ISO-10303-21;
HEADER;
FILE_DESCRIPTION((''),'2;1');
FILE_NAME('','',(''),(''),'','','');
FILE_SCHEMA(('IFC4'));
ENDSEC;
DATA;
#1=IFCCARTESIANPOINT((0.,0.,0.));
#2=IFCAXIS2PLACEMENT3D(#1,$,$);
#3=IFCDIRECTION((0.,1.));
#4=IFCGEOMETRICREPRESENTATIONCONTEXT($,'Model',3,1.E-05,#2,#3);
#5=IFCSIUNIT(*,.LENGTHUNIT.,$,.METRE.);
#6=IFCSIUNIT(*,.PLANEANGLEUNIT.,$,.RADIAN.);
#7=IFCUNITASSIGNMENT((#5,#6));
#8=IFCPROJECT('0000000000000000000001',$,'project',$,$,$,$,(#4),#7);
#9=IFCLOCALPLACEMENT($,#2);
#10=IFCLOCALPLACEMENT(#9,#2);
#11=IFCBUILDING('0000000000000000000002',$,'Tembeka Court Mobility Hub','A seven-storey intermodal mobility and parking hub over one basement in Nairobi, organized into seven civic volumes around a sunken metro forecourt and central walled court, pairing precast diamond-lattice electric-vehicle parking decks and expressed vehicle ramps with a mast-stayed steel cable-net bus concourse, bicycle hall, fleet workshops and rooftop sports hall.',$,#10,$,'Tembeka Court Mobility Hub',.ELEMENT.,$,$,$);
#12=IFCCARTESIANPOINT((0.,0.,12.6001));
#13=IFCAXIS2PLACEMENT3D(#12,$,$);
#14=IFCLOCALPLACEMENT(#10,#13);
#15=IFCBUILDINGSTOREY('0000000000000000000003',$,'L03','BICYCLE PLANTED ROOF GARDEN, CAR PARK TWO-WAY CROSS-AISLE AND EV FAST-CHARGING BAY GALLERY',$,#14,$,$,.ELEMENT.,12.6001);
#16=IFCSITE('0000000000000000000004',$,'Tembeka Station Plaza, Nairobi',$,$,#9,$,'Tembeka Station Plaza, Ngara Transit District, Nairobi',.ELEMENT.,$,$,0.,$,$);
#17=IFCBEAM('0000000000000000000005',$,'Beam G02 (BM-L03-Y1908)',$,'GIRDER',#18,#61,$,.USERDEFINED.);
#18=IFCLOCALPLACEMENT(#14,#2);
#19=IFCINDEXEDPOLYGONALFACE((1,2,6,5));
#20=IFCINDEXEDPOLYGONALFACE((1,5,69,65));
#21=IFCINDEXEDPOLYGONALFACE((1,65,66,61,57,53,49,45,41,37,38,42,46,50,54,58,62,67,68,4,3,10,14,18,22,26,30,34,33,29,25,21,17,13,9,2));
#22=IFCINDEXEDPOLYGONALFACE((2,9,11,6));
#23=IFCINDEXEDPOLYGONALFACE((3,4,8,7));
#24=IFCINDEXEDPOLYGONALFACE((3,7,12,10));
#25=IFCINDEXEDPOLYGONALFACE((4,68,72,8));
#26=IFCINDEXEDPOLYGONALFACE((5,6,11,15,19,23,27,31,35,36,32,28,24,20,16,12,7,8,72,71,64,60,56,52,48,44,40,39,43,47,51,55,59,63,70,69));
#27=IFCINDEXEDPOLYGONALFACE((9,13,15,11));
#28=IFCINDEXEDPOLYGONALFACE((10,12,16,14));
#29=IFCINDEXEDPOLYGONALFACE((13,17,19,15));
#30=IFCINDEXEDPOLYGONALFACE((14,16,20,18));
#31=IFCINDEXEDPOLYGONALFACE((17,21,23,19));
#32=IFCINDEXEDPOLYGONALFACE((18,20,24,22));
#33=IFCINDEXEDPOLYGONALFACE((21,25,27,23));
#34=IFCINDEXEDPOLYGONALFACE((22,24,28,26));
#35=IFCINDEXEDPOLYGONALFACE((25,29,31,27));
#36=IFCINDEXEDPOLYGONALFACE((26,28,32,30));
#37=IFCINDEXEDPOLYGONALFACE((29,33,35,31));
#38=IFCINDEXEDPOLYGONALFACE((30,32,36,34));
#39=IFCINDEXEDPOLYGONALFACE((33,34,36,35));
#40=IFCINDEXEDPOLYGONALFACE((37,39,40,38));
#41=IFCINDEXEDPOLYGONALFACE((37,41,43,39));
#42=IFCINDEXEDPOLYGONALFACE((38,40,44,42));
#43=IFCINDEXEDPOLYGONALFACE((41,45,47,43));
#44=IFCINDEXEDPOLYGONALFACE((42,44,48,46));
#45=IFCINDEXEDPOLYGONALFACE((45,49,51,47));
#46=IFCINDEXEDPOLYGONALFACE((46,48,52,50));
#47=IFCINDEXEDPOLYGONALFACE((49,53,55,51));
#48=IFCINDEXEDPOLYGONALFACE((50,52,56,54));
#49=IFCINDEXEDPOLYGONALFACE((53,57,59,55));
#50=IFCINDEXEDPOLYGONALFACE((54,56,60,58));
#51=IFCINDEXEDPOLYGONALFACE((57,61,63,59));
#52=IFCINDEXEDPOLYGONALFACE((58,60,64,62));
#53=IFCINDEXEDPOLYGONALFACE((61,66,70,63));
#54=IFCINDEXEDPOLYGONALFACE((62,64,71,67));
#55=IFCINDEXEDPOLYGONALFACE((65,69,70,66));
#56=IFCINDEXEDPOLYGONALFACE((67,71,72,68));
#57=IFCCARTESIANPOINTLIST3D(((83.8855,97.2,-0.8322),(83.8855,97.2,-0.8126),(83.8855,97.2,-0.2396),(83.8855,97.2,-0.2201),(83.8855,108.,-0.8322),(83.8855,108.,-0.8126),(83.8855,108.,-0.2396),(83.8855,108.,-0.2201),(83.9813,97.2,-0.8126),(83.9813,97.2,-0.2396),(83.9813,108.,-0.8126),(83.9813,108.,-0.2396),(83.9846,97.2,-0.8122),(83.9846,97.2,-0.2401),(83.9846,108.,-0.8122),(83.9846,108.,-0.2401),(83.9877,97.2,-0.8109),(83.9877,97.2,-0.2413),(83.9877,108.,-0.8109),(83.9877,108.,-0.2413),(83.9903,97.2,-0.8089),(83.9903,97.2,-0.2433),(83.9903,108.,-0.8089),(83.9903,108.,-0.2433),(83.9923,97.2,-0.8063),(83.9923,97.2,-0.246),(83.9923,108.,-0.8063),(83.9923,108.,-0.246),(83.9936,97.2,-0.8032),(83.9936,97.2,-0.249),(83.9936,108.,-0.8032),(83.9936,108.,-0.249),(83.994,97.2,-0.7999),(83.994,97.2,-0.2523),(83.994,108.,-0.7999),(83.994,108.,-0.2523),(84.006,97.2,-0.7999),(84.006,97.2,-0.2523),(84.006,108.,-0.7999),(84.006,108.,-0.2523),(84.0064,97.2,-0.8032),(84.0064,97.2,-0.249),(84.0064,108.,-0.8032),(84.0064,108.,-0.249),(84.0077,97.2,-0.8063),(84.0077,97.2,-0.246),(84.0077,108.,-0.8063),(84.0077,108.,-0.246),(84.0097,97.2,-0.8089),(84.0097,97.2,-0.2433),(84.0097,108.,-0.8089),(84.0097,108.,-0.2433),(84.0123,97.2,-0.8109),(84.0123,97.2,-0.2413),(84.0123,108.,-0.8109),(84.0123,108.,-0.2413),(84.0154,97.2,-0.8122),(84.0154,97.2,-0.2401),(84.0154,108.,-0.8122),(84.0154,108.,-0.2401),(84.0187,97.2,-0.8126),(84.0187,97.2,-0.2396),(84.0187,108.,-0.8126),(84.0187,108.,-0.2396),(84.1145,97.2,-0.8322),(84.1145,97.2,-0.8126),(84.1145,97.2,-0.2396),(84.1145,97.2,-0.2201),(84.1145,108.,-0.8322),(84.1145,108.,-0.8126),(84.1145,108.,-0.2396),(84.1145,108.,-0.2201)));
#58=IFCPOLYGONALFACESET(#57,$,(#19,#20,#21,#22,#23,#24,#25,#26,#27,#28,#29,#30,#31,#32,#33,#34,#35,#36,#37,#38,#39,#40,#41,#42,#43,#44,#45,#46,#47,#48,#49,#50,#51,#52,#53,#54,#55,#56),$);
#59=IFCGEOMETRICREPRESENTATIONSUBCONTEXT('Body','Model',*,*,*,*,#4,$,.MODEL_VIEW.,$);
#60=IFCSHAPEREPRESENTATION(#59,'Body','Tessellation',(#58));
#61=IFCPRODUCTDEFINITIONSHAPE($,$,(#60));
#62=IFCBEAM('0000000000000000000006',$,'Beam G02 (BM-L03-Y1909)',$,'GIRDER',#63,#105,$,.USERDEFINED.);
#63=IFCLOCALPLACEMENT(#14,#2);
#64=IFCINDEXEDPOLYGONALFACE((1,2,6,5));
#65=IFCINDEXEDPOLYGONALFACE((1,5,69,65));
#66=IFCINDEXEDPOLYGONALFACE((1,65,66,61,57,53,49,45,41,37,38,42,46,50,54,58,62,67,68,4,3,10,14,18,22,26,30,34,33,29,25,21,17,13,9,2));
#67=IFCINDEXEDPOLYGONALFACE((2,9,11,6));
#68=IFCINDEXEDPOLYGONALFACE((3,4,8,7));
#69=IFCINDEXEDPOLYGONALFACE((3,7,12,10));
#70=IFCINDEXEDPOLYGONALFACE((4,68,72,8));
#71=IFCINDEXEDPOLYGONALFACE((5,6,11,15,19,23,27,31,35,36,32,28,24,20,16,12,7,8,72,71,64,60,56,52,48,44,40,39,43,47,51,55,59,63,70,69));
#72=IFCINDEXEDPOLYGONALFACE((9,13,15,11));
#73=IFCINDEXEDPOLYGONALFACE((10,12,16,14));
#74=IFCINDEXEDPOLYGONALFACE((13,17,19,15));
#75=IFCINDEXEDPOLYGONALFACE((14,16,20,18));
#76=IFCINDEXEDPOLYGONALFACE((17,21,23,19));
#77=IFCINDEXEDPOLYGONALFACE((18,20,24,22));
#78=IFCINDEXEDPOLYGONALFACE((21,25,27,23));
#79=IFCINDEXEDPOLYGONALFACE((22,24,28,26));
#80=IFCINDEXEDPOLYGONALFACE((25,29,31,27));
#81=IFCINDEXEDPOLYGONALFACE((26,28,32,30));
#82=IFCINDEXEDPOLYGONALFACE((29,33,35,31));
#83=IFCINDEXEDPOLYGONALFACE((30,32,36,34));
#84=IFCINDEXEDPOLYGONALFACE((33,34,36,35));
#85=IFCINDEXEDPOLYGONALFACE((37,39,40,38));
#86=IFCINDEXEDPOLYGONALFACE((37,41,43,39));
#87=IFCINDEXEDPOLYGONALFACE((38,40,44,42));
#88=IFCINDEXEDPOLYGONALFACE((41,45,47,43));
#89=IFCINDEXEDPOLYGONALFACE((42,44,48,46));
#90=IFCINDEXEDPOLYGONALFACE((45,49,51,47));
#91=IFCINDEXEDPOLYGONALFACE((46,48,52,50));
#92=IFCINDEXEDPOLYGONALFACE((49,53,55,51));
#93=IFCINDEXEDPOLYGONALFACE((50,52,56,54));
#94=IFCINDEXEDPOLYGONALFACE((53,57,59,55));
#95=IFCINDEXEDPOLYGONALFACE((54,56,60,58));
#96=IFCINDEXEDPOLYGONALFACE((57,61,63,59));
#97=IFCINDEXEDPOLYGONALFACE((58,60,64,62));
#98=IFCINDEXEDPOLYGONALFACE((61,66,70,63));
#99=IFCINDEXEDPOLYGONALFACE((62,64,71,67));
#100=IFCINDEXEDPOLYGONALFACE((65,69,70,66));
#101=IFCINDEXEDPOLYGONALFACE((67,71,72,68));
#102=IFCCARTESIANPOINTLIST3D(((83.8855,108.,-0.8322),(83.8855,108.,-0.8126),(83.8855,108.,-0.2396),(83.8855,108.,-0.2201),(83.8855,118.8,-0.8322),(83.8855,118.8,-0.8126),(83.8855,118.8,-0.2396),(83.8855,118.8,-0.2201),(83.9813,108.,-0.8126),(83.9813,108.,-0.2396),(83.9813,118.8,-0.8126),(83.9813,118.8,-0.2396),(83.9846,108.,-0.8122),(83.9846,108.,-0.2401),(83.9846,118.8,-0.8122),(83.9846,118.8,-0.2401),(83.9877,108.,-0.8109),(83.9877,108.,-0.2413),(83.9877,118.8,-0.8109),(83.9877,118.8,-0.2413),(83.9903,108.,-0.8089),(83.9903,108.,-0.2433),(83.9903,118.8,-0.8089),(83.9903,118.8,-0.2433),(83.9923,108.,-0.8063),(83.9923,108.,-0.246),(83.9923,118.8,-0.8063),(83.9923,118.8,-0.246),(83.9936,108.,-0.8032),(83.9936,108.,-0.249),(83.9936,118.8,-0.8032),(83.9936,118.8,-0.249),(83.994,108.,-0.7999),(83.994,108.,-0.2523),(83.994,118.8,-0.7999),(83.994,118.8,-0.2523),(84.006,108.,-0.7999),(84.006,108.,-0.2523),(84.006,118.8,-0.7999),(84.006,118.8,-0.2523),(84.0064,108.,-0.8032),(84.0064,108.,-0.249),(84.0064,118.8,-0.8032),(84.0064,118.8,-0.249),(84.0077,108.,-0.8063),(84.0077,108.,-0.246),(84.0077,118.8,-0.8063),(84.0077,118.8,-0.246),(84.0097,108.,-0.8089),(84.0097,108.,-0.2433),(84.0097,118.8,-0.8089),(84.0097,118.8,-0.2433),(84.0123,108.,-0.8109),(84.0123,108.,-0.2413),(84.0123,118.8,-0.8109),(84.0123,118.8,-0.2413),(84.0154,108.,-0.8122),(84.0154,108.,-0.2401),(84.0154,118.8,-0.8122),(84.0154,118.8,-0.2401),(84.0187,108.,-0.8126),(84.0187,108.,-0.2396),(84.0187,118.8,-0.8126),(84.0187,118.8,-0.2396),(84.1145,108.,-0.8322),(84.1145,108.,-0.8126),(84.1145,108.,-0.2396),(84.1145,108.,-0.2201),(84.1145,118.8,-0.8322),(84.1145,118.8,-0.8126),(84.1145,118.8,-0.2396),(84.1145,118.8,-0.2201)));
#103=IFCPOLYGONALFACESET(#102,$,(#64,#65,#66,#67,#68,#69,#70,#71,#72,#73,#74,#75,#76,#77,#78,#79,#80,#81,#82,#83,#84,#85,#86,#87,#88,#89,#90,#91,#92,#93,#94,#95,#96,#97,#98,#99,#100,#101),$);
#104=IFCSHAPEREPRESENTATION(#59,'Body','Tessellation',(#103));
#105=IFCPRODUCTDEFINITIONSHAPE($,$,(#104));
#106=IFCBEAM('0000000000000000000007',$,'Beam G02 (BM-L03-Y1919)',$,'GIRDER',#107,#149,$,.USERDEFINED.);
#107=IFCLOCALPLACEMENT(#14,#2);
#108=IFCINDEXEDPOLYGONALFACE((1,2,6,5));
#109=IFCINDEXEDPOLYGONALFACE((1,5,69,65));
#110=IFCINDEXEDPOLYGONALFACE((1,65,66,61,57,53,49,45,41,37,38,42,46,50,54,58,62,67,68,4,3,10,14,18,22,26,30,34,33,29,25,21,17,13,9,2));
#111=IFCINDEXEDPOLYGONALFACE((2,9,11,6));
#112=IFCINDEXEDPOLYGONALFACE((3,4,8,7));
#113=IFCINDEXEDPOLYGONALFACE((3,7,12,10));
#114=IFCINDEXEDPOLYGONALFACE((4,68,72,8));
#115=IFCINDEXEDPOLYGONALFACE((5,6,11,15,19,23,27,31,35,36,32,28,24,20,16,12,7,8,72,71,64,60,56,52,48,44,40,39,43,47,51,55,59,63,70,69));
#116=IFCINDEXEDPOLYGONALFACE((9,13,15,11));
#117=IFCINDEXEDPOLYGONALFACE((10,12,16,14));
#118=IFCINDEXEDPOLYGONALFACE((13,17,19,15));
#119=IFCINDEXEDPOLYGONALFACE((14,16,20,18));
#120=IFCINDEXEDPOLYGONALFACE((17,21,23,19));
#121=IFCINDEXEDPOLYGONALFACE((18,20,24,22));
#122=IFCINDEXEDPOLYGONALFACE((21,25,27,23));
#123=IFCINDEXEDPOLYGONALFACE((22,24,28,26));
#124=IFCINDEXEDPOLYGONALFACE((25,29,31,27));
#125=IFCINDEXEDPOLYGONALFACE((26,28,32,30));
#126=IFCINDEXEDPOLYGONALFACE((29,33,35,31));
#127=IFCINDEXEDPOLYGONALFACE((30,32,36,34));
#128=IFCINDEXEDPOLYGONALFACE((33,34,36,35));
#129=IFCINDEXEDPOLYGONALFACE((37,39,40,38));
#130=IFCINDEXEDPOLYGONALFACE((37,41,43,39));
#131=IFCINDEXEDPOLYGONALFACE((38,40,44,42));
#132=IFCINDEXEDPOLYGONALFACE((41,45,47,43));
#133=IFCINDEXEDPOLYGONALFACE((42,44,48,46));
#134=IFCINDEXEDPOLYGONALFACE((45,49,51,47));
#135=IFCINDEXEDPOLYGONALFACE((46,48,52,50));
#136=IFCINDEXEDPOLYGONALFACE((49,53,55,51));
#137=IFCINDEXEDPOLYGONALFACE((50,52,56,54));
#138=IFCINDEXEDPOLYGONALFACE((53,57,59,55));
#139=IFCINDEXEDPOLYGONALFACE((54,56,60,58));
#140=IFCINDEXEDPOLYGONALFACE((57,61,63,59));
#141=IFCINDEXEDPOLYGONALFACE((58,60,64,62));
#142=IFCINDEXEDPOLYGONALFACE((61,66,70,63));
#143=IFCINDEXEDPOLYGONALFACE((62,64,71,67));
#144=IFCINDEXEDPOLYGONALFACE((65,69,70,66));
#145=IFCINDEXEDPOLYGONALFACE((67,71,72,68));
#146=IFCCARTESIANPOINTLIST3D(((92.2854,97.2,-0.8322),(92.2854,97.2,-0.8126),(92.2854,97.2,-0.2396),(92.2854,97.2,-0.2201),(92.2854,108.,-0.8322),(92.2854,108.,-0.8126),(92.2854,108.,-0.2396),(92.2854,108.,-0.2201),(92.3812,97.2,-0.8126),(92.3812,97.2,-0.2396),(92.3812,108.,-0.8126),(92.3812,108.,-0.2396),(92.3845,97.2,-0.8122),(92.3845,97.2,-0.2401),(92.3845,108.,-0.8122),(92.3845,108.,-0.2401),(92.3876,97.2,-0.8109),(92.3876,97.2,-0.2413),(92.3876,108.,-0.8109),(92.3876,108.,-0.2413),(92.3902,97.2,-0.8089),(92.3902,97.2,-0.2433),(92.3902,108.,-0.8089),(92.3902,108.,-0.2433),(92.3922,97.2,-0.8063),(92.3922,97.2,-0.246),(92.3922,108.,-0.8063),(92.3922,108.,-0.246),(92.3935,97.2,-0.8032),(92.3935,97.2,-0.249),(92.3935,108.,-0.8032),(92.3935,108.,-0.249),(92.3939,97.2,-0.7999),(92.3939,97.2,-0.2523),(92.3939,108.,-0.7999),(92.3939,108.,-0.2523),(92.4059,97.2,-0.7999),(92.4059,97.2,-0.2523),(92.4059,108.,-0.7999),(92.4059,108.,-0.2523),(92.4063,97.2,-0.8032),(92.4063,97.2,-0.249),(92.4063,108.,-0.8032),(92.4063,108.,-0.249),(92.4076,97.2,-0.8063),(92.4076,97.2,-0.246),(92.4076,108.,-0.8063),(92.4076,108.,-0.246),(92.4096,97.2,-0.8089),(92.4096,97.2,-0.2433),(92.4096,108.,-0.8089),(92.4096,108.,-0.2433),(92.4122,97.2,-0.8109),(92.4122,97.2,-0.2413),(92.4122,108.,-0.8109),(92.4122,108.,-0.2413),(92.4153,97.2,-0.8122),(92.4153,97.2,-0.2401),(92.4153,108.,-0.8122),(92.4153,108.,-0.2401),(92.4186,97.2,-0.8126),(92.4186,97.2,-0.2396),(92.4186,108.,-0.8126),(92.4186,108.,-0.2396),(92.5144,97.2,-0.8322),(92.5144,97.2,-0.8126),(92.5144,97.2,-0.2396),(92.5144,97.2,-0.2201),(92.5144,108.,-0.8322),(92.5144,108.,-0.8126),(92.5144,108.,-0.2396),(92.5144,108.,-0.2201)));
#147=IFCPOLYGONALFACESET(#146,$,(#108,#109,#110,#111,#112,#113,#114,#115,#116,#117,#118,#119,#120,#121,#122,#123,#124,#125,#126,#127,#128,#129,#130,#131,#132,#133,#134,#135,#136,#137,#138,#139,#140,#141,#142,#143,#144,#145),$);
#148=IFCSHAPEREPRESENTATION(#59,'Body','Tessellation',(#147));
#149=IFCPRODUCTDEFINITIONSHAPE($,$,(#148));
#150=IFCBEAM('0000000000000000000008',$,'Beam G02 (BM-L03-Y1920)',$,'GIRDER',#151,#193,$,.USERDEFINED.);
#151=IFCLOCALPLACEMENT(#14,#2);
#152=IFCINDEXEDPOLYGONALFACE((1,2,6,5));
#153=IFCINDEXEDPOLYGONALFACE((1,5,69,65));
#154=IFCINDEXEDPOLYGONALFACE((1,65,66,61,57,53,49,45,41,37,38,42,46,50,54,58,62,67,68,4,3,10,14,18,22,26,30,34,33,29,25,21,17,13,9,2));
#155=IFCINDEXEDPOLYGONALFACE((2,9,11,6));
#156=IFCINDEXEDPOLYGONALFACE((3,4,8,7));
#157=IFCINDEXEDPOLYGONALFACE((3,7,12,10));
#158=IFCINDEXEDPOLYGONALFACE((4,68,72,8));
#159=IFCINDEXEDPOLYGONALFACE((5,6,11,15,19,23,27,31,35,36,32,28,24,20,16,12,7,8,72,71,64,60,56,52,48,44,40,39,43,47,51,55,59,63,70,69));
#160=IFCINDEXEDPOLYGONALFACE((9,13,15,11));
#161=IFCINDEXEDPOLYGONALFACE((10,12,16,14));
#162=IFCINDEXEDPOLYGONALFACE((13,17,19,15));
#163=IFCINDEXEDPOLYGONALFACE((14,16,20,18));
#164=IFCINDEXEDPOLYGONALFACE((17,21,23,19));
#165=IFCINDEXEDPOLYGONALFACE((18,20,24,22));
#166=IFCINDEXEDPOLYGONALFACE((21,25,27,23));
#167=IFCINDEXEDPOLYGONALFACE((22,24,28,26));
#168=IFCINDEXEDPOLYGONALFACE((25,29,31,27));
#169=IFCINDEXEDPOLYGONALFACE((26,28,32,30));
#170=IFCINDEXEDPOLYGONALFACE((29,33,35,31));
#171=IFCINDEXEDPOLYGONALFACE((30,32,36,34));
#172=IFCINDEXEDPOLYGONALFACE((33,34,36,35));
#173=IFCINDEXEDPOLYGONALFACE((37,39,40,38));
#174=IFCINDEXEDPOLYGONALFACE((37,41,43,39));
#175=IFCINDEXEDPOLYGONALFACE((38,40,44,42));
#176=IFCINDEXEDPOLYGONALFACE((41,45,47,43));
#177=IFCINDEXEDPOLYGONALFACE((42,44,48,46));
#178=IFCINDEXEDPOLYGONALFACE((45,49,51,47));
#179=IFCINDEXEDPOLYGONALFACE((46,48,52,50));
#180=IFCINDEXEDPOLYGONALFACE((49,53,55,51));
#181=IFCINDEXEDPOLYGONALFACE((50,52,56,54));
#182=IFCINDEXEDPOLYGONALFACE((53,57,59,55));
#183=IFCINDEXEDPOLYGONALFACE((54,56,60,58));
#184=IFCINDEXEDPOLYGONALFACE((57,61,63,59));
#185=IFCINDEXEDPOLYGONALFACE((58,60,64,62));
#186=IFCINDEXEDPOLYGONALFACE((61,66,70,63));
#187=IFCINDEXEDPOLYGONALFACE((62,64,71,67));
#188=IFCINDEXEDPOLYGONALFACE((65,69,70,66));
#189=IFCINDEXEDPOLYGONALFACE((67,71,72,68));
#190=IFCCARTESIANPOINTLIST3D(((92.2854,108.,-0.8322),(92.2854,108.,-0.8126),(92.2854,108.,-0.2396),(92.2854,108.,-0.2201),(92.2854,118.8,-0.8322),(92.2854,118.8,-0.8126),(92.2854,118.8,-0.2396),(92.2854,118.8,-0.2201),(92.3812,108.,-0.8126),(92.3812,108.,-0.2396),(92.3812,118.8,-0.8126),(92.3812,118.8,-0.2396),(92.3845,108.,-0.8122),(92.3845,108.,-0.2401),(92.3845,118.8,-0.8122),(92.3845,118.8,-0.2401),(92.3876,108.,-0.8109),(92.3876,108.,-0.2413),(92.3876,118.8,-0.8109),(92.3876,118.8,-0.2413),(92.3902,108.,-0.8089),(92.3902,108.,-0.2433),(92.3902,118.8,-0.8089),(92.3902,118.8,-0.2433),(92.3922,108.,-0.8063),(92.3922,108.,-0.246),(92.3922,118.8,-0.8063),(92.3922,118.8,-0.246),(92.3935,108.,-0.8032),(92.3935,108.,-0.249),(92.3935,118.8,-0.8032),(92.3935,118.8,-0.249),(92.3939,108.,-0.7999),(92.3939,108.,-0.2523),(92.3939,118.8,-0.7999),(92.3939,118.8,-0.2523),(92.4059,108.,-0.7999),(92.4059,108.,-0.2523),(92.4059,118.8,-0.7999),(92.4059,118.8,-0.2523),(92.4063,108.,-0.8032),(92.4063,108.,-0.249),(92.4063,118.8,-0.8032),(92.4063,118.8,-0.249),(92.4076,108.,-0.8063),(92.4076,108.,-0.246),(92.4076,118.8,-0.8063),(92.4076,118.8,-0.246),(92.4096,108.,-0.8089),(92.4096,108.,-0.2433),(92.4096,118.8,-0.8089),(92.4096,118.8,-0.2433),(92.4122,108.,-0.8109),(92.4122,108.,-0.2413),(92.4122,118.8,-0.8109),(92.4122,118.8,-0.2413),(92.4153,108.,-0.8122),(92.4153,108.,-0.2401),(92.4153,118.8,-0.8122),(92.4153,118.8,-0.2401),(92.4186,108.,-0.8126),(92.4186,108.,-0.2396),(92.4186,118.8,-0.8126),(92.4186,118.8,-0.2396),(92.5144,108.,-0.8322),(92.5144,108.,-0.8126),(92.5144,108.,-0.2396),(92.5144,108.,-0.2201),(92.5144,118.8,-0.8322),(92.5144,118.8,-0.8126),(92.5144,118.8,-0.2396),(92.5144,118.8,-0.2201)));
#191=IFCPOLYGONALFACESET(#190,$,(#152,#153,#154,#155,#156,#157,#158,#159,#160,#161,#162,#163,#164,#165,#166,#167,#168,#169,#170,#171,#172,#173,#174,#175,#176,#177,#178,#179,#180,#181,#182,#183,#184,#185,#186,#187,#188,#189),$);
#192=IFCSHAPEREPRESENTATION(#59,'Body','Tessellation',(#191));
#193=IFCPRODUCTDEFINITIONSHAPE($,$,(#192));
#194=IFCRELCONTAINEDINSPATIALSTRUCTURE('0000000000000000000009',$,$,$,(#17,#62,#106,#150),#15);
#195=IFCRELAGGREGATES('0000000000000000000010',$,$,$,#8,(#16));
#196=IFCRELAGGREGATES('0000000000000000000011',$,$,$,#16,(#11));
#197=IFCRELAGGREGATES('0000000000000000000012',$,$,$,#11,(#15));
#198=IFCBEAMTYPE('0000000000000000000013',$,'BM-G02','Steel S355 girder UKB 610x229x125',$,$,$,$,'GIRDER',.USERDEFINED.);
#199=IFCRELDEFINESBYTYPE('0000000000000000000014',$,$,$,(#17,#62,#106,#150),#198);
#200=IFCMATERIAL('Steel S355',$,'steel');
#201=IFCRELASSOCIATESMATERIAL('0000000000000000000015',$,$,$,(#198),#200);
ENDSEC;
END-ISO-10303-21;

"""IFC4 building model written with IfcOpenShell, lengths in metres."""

from ifc_helpers import new_model, si_unit, direction, frame, origin, origin_2d, place, context, subcontext, project, spatial, i_section, extrude, material, material_profile, profile_set, type_object, element, save


model = new_model("IFC4")

# Units and contexts
model_context = context("Model", 3, precision=1e-05, world=origin(), true_north=direction((0.0, 1.0)))
body_context = subcontext(model_context, "Body", "Model", "MODEL_VIEW")
ifc_project = project(units=[si_unit("LENGTHUNIT", "METRE"), si_unit("PLANEANGLEUNIT", "RADIAN")], contexts=[model_context])

# Site, building, storey
site_placement = place(None, origin())
site = spatial("IfcSite", under=ifc_project, at=site_placement, Name="Tembeka Station Plaza, Nairobi", LongName="Tembeka Station Plaza, Ngara Transit District, Nairobi", CompositionType="ELEMENT", RefElevation=0.0)
building_placement = place(site_placement, origin())
building = spatial("IfcBuilding", under=site, at=building_placement, Name="Tembeka Court Mobility Hub", Description="A seven-storey intermodal mobility and parking hub over one basement in Nairobi, organized into seven civic volumes around a sunken metro forecourt and central walled court, pairing precast diamond-lattice electric-vehicle parking decks and expressed vehicle ramps with a mast-stayed steel cable-net bus concourse, bicycle hall, fleet workshops and rooftop sports hall.", LongName="Tembeka Court Mobility Hub", CompositionType="ELEMENT")
storey_placement = place(building_placement, frame((0.0, 0.0, 12.6001)))
storey = spatial("IfcBuildingStorey", under=building, at=storey_placement, Name="L03", Description="BICYCLE PLANTED ROOF GARDEN, CAR PARK TWO-WAY CROSS-AISLE AND EV FAST-CHARGING BAY GALLERY", CompositionType="ELEMENT", Elevation=12.6001)

# Shared definitions
ifc_material_1 = material(Name="Steel S355", Category="steel")

# Beams
ifc_material_profile_1 = material_profile(ifc_material_1, i_section(OverallWidth=0.229, OverallDepth=0.6121, WebThickness=0.012, FlangeThickness=0.0195, FilletRadius=0.0127, at=origin_2d()), Name="UKB 610x229x125")
ifc_profile_set_1 = profile_set([ifc_material_profile_1], Name="Steel S355")
beam_type_1 = type_object("IfcBeamType", Name="BM-G02", Description="Steel S355 girder UKB 610x229x125", ElementType="GIRDER", PredefinedType="USERDEFINED", material=ifc_profile_set_1)
for number, where, z_axis, x_axis, name in (
    (1, (84.0, 97.2, -0.5261), (0.0, 1.0, 0.0), (-1.0, 0.0, 0.0), "Beam G02 (BM-L03-Y1908)"),
    (2, (84.0, 108.0, -0.5261), (0.0, 1.0, 0.0), (-1.0, 0.0, 0.0), "Beam G02 (BM-L03-Y1909)"),
    (3, (92.3999, 97.2, -0.5261), (0.0, 1.0, 0.0), (-1.0, 0.0, 0.0), "Beam G02 (BM-L03-Y1919)"),
    (4, (92.3999, 108.0, -0.5261), (0.0, 1.0, 0.0), (-1.0, 0.0, 0.0), "Beam G02 (BM-L03-Y1920)"),
):
    element("IfcBeam", number, at=place(storey_placement, frame(where, z_axis=z_axis, x_axis=x_axis)), inside=storey, type_object=beam_type_1, Name=name, ObjectType="GIRDER", PredefinedType="USERDEFINED", context=body_context, shape_type="SweptSolid", body=[
        extrude(i_section(OverallWidth=0.229, OverallDepth=0.6121, WebThickness=0.012, FlangeThickness=0.0195, FilletRadius=0.0127, at=origin_2d()), origin(), (0.0, 0.0, 1.0), 10.8),
    ])

save(model, "model.ifc")
